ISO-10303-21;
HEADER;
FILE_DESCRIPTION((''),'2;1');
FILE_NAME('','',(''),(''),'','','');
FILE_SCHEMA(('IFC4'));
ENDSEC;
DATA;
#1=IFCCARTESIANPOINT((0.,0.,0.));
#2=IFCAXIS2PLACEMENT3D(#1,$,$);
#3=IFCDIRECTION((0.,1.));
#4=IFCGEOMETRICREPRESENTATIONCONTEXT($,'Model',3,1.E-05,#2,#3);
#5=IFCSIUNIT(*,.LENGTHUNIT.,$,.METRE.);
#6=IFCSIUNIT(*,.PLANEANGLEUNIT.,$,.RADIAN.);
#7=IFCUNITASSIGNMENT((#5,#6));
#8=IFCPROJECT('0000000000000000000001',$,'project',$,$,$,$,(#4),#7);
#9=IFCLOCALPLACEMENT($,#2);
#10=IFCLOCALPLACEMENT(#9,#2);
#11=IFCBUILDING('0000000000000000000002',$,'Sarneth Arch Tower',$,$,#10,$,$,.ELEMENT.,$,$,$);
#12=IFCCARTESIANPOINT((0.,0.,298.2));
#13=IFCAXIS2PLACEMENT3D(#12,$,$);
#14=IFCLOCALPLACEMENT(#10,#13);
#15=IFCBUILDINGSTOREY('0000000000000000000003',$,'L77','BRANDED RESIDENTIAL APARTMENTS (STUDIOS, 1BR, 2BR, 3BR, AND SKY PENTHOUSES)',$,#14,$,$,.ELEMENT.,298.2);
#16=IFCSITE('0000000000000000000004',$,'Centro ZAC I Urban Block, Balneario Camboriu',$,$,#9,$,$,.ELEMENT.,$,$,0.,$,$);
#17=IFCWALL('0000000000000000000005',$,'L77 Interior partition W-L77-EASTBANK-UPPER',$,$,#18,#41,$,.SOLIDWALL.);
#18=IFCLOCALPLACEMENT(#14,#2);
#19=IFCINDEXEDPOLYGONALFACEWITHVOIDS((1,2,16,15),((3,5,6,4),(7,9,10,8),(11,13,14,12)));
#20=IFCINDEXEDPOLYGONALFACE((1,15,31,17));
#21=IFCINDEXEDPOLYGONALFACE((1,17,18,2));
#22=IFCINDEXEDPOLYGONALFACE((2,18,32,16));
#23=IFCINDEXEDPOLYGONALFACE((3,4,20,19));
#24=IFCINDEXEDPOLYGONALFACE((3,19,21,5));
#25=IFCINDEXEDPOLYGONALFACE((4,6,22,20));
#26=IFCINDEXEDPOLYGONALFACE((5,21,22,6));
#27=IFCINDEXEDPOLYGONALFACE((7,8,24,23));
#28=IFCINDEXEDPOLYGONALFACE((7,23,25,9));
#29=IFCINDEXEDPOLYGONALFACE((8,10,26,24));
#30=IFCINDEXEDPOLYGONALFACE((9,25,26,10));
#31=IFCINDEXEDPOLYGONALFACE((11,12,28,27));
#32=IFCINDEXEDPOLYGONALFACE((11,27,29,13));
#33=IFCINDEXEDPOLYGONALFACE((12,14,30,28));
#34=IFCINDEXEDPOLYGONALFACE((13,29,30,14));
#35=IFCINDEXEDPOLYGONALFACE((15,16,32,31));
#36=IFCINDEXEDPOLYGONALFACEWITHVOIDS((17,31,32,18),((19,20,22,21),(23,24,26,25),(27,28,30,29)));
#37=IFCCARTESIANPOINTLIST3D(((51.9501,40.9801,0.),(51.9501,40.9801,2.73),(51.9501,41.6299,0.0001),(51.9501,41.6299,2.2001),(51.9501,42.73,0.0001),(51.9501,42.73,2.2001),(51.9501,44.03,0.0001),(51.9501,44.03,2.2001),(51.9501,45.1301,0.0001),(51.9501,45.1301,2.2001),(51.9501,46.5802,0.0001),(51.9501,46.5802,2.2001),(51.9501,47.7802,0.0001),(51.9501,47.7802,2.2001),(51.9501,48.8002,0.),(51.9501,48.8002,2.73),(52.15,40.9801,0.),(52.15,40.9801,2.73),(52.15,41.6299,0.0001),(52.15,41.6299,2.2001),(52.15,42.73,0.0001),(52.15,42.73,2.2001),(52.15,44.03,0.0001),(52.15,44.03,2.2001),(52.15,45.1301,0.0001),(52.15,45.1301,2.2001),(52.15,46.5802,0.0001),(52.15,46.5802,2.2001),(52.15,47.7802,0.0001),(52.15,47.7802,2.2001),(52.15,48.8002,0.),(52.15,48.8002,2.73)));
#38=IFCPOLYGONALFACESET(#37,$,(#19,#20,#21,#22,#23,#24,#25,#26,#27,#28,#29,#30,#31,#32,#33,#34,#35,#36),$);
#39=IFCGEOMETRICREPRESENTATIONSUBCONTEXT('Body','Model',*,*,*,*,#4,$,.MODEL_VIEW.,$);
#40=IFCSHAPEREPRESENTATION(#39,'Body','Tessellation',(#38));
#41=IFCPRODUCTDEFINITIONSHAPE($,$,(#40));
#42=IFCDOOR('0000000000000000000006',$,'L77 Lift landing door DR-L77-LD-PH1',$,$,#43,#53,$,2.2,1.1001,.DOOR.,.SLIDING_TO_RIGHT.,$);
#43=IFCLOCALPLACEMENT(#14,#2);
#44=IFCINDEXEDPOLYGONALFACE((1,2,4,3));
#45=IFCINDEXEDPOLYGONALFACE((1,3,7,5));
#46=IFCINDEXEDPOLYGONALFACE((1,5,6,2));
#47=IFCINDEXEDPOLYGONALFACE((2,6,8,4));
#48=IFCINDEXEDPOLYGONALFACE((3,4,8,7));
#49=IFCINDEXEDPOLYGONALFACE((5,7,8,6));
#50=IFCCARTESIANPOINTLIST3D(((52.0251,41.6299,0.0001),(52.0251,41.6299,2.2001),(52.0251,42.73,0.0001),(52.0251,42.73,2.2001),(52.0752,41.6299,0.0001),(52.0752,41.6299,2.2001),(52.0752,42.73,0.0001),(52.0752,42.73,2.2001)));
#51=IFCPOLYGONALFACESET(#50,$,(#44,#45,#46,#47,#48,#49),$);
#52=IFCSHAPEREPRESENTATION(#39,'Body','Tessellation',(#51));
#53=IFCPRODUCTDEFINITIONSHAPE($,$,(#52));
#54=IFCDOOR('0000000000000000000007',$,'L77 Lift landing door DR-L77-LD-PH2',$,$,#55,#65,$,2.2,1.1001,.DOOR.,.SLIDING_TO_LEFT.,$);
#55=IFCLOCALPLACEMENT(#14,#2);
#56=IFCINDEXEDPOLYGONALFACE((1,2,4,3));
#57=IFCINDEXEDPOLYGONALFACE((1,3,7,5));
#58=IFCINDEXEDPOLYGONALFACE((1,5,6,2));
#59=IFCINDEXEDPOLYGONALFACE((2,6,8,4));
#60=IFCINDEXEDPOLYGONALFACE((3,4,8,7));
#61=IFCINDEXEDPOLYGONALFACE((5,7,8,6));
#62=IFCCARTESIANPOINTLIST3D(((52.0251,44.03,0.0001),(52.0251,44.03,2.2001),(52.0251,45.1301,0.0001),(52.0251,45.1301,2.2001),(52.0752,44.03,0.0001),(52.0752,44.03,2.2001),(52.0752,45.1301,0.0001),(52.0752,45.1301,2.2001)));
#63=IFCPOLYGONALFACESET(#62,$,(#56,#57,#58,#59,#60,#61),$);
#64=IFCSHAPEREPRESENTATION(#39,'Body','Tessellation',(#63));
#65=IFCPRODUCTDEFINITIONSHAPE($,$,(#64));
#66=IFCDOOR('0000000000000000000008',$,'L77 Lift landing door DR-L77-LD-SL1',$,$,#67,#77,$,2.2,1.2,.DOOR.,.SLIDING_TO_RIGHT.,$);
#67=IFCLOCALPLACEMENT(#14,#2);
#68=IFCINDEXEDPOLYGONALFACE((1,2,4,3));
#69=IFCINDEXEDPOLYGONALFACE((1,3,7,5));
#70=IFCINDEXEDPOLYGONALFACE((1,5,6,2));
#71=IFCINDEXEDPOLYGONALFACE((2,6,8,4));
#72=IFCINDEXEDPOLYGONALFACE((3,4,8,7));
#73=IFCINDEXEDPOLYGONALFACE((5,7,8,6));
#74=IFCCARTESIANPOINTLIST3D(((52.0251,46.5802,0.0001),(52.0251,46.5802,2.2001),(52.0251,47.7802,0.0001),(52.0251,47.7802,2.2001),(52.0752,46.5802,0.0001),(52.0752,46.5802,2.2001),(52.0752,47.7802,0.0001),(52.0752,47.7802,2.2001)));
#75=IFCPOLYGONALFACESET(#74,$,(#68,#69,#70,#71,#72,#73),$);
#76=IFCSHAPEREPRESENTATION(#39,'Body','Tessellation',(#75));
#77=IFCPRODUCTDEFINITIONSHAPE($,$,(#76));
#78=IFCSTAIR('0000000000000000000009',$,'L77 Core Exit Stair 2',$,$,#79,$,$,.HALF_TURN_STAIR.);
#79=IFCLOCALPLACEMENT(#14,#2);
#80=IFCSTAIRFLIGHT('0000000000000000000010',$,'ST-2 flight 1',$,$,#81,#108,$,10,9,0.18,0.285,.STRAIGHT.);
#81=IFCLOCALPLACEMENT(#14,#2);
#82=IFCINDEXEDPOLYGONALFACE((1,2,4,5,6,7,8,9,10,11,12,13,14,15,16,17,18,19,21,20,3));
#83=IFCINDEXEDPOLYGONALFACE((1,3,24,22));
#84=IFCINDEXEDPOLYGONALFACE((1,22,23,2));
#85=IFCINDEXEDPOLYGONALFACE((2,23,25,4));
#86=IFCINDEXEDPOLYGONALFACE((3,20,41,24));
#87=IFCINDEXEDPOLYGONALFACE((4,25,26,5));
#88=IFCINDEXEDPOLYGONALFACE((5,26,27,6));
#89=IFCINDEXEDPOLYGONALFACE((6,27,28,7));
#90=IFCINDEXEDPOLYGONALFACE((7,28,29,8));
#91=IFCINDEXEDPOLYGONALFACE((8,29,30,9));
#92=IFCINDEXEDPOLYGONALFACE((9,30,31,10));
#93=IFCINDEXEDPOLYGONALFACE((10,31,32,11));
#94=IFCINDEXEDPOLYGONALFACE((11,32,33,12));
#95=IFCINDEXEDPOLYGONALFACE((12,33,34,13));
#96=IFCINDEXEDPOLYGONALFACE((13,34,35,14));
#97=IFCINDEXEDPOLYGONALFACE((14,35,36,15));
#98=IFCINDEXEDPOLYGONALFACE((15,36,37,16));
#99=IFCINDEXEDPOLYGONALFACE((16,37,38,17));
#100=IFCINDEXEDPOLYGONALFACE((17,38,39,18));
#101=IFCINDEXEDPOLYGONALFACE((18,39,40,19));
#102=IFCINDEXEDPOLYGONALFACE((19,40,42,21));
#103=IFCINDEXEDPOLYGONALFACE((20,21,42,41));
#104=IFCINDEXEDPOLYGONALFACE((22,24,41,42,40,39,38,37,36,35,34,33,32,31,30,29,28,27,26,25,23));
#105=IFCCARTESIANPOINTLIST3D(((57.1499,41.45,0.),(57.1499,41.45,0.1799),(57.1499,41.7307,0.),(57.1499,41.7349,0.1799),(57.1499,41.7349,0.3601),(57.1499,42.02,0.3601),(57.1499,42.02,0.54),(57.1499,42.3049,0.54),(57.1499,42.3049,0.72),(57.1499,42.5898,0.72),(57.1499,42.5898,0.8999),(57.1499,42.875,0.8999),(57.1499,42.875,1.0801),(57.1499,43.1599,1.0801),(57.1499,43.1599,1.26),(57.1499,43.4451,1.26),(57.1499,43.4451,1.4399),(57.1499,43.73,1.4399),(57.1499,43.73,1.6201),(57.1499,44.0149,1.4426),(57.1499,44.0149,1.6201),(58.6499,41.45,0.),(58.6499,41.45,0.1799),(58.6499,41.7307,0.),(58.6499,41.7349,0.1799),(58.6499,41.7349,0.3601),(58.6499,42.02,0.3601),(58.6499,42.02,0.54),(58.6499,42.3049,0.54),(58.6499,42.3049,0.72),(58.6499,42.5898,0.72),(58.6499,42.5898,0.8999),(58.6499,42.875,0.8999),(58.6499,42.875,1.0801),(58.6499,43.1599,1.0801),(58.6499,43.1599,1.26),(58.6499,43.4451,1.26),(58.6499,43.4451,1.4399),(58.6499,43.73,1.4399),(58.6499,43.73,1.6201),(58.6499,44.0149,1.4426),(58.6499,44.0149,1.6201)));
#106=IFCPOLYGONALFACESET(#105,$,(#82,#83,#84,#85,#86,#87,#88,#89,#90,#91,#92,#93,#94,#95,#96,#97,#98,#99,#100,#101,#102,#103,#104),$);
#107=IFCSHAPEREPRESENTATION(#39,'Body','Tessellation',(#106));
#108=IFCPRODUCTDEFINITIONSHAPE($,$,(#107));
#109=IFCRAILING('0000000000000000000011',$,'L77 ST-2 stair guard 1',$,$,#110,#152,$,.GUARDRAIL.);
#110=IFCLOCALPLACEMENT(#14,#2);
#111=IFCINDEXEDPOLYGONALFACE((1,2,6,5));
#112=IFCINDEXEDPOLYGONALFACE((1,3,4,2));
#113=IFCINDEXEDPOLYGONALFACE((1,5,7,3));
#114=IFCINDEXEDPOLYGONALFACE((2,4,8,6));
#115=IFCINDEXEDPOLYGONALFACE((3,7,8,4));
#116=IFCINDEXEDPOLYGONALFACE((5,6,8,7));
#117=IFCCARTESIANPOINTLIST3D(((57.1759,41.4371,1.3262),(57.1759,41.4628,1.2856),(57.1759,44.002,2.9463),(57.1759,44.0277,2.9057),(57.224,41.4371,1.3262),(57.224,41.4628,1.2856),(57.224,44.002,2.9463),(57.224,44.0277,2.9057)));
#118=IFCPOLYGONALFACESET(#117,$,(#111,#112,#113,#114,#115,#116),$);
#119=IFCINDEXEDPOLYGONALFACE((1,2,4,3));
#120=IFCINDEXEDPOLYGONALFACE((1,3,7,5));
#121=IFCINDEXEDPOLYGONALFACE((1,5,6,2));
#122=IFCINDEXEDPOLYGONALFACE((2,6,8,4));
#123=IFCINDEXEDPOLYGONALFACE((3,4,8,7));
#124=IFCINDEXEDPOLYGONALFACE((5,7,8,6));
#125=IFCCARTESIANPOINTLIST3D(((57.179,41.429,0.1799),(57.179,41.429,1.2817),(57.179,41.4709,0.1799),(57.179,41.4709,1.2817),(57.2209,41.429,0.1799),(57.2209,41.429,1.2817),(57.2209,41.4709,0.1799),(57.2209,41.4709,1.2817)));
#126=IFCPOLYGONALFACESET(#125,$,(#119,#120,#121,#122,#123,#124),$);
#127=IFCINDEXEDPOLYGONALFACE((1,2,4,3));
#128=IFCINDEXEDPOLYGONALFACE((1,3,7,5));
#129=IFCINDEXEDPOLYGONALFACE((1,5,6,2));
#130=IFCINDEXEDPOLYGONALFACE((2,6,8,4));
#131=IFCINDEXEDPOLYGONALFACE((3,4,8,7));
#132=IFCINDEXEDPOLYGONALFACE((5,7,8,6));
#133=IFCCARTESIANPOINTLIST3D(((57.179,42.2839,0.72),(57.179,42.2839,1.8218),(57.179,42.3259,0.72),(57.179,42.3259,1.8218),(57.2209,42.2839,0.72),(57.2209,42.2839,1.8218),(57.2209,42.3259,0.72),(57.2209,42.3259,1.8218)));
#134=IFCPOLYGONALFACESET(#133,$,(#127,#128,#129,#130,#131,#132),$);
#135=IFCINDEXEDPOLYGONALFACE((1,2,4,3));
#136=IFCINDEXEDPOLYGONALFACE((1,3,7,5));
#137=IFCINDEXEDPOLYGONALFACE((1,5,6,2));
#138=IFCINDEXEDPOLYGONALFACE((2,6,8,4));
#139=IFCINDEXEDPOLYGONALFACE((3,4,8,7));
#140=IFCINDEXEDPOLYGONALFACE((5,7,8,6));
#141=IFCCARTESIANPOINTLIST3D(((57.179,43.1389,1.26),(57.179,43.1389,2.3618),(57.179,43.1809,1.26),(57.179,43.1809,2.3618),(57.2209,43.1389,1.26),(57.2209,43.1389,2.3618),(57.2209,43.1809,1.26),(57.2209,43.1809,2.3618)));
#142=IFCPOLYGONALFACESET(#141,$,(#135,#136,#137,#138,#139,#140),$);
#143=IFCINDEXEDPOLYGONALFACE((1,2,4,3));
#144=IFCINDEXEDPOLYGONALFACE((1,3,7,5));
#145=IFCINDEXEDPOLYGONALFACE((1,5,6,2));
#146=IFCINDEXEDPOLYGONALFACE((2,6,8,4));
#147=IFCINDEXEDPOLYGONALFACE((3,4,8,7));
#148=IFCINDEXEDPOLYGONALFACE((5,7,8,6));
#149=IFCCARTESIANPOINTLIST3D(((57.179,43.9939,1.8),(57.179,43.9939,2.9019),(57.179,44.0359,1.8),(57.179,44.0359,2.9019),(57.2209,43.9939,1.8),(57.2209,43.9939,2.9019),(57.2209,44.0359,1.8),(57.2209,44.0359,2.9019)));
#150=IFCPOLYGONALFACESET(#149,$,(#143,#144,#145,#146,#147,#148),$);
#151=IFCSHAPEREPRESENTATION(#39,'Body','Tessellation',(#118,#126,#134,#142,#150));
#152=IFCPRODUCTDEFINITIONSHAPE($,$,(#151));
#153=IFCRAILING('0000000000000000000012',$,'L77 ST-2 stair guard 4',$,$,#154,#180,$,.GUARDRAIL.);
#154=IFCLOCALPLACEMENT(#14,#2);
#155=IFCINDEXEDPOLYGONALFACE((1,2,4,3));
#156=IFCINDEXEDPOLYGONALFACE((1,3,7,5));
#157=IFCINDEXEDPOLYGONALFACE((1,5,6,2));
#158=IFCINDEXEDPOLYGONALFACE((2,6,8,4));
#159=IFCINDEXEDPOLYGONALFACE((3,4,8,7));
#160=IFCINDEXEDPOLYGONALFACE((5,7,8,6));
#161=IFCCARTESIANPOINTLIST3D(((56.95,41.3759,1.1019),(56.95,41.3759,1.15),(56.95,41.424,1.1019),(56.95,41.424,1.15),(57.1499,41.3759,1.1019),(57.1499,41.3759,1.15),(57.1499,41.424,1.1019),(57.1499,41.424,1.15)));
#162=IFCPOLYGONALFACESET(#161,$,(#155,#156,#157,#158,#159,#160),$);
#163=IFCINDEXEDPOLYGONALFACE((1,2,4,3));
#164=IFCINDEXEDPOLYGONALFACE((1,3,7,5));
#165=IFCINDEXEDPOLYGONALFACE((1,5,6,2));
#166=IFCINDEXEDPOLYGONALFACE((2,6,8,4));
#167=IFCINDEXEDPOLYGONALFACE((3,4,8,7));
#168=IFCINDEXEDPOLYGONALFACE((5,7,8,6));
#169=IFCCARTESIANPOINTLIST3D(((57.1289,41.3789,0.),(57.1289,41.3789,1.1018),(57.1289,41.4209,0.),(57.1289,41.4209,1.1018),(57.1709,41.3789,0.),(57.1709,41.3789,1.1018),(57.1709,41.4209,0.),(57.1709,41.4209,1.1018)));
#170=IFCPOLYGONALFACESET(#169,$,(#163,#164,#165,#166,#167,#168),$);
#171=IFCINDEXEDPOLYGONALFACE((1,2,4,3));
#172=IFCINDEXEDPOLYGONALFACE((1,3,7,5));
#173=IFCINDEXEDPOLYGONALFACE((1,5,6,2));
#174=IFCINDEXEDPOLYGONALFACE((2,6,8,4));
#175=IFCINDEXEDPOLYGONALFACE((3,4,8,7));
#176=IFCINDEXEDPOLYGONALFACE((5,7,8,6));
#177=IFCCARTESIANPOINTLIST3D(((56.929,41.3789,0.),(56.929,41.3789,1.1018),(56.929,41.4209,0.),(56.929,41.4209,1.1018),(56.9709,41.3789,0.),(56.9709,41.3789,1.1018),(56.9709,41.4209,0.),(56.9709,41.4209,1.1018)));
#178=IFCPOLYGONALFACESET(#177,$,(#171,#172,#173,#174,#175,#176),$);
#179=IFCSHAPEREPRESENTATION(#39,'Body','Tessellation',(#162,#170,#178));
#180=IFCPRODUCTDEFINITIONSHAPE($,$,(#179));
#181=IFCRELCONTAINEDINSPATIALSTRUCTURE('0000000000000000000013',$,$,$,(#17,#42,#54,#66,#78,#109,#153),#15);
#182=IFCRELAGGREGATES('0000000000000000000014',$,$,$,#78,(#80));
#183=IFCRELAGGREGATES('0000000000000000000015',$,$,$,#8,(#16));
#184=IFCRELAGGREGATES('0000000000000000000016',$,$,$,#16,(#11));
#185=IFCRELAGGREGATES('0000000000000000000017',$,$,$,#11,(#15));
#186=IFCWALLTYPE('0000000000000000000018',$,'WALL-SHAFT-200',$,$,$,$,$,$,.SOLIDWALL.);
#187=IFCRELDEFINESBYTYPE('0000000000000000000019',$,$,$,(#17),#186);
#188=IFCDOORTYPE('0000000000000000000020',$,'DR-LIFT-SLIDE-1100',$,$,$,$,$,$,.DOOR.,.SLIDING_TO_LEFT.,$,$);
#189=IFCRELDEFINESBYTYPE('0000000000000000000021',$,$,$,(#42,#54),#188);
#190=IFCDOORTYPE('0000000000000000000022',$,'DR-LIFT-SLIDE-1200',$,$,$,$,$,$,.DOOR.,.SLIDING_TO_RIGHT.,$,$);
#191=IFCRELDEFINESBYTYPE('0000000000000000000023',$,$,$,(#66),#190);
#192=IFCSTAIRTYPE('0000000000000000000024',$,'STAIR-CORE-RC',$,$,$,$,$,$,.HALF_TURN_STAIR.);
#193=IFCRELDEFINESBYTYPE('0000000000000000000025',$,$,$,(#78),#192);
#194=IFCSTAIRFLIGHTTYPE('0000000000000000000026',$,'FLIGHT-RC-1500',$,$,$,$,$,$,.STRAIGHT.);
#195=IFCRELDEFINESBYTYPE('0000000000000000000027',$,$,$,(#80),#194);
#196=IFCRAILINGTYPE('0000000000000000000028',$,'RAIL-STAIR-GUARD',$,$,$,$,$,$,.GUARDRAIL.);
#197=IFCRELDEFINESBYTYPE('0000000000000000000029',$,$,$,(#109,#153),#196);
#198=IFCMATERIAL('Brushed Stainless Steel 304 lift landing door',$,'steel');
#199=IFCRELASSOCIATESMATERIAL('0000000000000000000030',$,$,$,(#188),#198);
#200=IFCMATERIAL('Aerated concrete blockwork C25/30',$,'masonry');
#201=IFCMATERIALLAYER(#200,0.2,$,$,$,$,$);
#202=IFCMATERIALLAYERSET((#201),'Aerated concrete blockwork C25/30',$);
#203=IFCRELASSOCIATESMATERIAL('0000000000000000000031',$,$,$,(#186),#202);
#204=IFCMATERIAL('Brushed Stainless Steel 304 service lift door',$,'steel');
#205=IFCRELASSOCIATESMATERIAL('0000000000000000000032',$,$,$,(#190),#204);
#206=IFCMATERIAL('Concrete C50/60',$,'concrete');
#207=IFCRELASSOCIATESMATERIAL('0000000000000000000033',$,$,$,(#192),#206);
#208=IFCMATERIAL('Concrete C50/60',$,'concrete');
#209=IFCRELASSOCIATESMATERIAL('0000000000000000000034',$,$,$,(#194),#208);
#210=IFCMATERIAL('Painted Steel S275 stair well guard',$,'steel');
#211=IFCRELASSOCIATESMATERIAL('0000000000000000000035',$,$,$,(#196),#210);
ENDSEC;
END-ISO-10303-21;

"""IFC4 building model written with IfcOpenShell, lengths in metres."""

from ifc_helpers import new_model, si_unit, direction, frame, frame_2d, origin, origin_2d, place, context, subcontext, project, spatial, polyline, rectangle, outline, extrude, material, layer, layer_set, type_object, element, fill, aggregate, save


model = new_model("IFC4")

# Units and contexts
model_context = context("Model", 3, precision=1e-05, world=origin(), true_north=direction((0.0, 1.0)))
body_context = subcontext(model_context, "Body", "Model", "MODEL_VIEW")
ifc_project = project(units=[si_unit("LENGTHUNIT", "METRE"), si_unit("PLANEANGLEUNIT", "RADIAN")], contexts=[model_context])

# Site, building, storey
site_placement = place(None, origin())
site = spatial("IfcSite", under=ifc_project, at=site_placement, Name="Centro ZAC I Urban Block, Balneario Camboriu", CompositionType="ELEMENT", RefElevation=0.0)
building_placement = place(site_placement, origin())
building = spatial("IfcBuilding", under=site, at=building_placement, Name="Sarneth Arch Tower", CompositionType="ELEMENT")
storey_placement = place(building_placement, frame((0.0, 0.0, 298.2)))
storey = spatial("IfcBuildingStorey", under=building, at=storey_placement, Name="L77", Description="BRANDED RESIDENTIAL APARTMENTS (STUDIOS, 1BR, 2BR, 3BR, AND SKY PENTHOUSES)", CompositionType="ELEMENT", Elevation=298.2)

# Shared definitions
ifc_material_1 = material(Name="Brushed Stainless Steel 304 lift landing door", Category="steel")
door_type_1 = type_object("IfcDoorType", Name="DR-LIFT-SLIDE-1100", OperationType="SLIDING_TO_LEFT", PredefinedType="DOOR", material=ifc_material_1)

# Shared definitions
ifc_material_2 = material(Name="Aerated concrete blockwork C25/30", Category="masonry")
ifc_layer_1 = layer(ifc_material_2, 0.2)
ifc_layer_set_1 = layer_set([ifc_layer_1], Name="Aerated concrete blockwork C25/30")
wall_type_1 = type_object("IfcWallType", Name="WALL-SHAFT-200", PredefinedType="SOLIDWALL", material=ifc_layer_set_1)

# Wall, openings, doors
wall_1_placement = place(storey_placement, frame((52.05, 40.98, 0.0), z_axis=(0.0, 0.0, 1.0), x_axis=(0.0, 1.0, 0.0)))
wall_1 = element("IfcWall", 1, at=wall_1_placement, inside=storey, type_object=wall_type_1, Name="L77 Interior partition W-L77-EASTBANK-UPPER", PredefinedType="SOLIDWALL", context=body_context, shape_type="SweptSolid", body=[
    extrude(rectangle(XDim=7.8201, YDim=0.2, at=frame_2d((3.9102, 0.0))), origin(), (0.0, 0.0, 1.0), 2.73),
])
opening_1_placement = place(wall_1_placement, frame((0.6499, 0.0, 0.0)))
opening_1 = element("IfcOpeningElement", 2, at=opening_1_placement, cuts=wall_1, PredefinedType="OPENING", context=body_context, shape_type="SweptSolid", body=[
    extrude(rectangle(XDim=1.1001, YDim=2.2, at=frame_2d((0.55, 1.1001))), frame((0.0, 0.1099, 0.0), z_axis=(0.0, -1.0, 0.0), x_axis=(1.0, 0.0, 0.0)), (0.0, 0.0, 1.0), 0.22),
])
opening_2_placement = place(wall_1_placement, frame((3.05, 0.0, 0.0)))
opening_2 = element("IfcOpeningElement", 3, at=opening_2_placement, cuts=wall_1, PredefinedType="OPENING", context=body_context, shape_type="SweptSolid", body=[
    extrude(rectangle(XDim=1.1001, YDim=2.2, at=frame_2d((0.55, 1.1001))), frame((0.0, 0.1099, 0.0), z_axis=(0.0, -1.0, 0.0), x_axis=(1.0, 0.0, 0.0)), (0.0, 0.0, 1.0), 0.22),
])
opening_3_placement = place(wall_1_placement, frame((5.6001, 0.0, 0.0)))
opening_3 = element("IfcOpeningElement", 4, at=opening_3_placement, cuts=wall_1, PredefinedType="OPENING", context=body_context, shape_type="SweptSolid", body=[
    extrude(rectangle(XDim=1.2, YDim=2.2, at=frame_2d((0.6001, 1.1001))), frame((0.0, 0.1099, 0.0), z_axis=(0.0, -1.0, 0.0), x_axis=(1.0, 0.0, 0.0)), (0.0, 0.0, 1.0), 0.22),
])
door_1_placement = place(opening_1_placement, origin())
door_1 = element("IfcDoor", 5, at=door_1_placement, inside=storey, type_object=door_type_1, Name="L77 Lift landing door DR-L77-LD-PH1", OperationType="SLIDING_TO_RIGHT", OverallHeight=2.2, OverallWidth=1.1001, PredefinedType="DOOR", context=body_context, shape_type="SweptSolid", body=[
    extrude(rectangle(XDim=1.1001, YDim=2.2, at=frame_2d((0.55, 1.1001))), frame((0.0, 0.0249, 0.0), z_axis=(0.0, -1.0, 0.0), x_axis=(1.0, 0.0, 0.0)), (0.0, 0.0, 1.0), 0.05),
])
fill(opening_1, door_1)
door_2_placement = place(opening_2_placement, origin())
door_2 = element("IfcDoor", 6, at=door_2_placement, inside=storey, type_object=door_type_1, Name="L77 Lift landing door DR-L77-LD-PH2", OperationType="SLIDING_TO_LEFT", OverallHeight=2.2, OverallWidth=1.1001, PredefinedType="DOOR", context=body_context, shape_type="SweptSolid", body=[
    extrude(rectangle(XDim=1.1001, YDim=2.2, at=frame_2d((0.55, 1.1001))), frame((0.0, 0.0249, 0.0), z_axis=(0.0, -1.0, 0.0), x_axis=(1.0, 0.0, 0.0)), (0.0, 0.0, 1.0), 0.05),
])
fill(opening_2, door_2)
ifc_material_3 = material(Name="Brushed Stainless Steel 304 service lift door", Category="steel")
door_type_2 = type_object("IfcDoorType", Name="DR-LIFT-SLIDE-1200", OperationType="SLIDING_TO_RIGHT", PredefinedType="DOOR", material=ifc_material_3)
door_3_placement = place(opening_3_placement, origin())
door_3 = element("IfcDoor", 7, at=door_3_placement, inside=storey, type_object=door_type_2, Name="L77 Lift landing door DR-L77-LD-SL1", OperationType="SLIDING_TO_RIGHT", OverallHeight=2.2, OverallWidth=1.2, PredefinedType="DOOR", context=body_context, shape_type="SweptSolid", body=[
    extrude(rectangle(XDim=1.2, YDim=2.2, at=frame_2d((0.6001, 1.1001))), frame((0.0, 0.0249, 0.0), z_axis=(0.0, -1.0, 0.0), x_axis=(1.0, 0.0, 0.0)), (0.0, 0.0, 1.0), 0.05),
])
fill(opening_3, door_3)

# Stair, stair flight
ifc_material_4 = material(Name="Concrete C50/60", Category="concrete")
stair_type = type_object("IfcStairType", Name="STAIR-CORE-RC", PredefinedType="HALF_TURN_STAIR", material=ifc_material_4)
stair_placement = place(storey_placement, origin())
stair = element("IfcStair", 8, at=stair_placement, inside=storey, type_object=stair_type, Name="L77 Core Exit Stair 2", PredefinedType="HALF_TURN_STAIR")
ifc_material_5 = material(Name="Concrete C50/60", Category="concrete")
stair_flight_type = type_object("IfcStairFlightType", Name="FLIGHT-RC-1500", PredefinedType="STRAIGHT", material=ifc_material_5)
stair_flight_placement = place(storey_placement, frame((57.8999, 41.45, 0.0), z_axis=(0.0, 0.0, 1.0), x_axis=(0.0, 1.0, 0.0)))
stair_flight = element("IfcStairFlight", 9, at=stair_flight_placement, type_object=stair_flight_type, Name="ST-2 flight 1", NumberOfRisers=10, NumberOfTreads=9, PredefinedType="STRAIGHT", RiserHeight=0.18, TreadLength=0.285, context=body_context, shape_type="SweptSolid", body=[
    extrude(outline(polyline([(0.0, 0.0), (0.0, 0.1799), (0.2849, 0.1799), (0.2849, 0.3601), (0.5701, 0.3601), (0.5701, 0.54), (0.855, 0.54), (0.855, 0.72), (1.1399, 0.72), (1.1399, 0.8999), (1.425, 0.8999), (1.425, 1.0801), (1.71, 1.0801), (1.71, 1.26), (1.9951, 1.26), (1.9951, 1.4399), (2.28, 1.4399), (2.28, 1.6201), (2.5649, 1.6201), (2.5649, 1.8), (2.5649, 1.4426), (0.2808, 0.0), (0.0, 0.0)])), frame((0.0, 0.75, 0.0), z_axis=(0.0, -1.0, 0.0), x_axis=(1.0, 0.0, 0.0)), (0.0, 0.0, 1.0), 1.5),
])
aggregate(stair, [stair_flight])

# Railings
ifc_material_6 = material(Name="Painted Steel S275 stair well guard", Category="steel")
railing_type = type_object("IfcRailingType", Name="RAIL-STAIR-GUARD", PredefinedType="GUARDRAIL", material=ifc_material_6)
railing_1_placement = place(storey_placement, frame((57.2, 41.45, 0.1799)))
element("IfcRailing", 10, at=railing_1_placement, inside=storey, type_object=railing_type, Name="L77 ST-2 stair guard 1", PredefinedType="GUARDRAIL", context=body_context, shape_type="SweptSolid", body=[
    extrude(rectangle(XDim=0.0481, YDim=0.0481, at=origin_2d()), frame((0.0, 0.0, 1.126), z_axis=(0.0, 0.845466, 0.534029), x_axis=(-1.0, 0.0, 0.0)), (0.0, 0.0, 1.0), 3.0337),
    extrude(rectangle(XDim=0.042, YDim=0.042, at=origin_2d()), origin(), (0.0, 0.0, 1.0), 1.1018),
    extrude(rectangle(XDim=0.042, YDim=0.042, at=origin_2d()), frame((0.0, 0.855, 0.54)), (0.0, 0.0, 1.0), 1.1018),
    extrude(rectangle(XDim=0.042, YDim=0.042, at=origin_2d()), frame((0.0, 1.71, 1.0801)), (0.0, 0.0, 1.0), 1.1018),
    extrude(rectangle(XDim=0.042, YDim=0.042, at=origin_2d()), frame((0.0, 2.5649, 1.6201)), (0.0, 0.0, 1.0), 1.1018),
])
railing_2_placement = place(storey_placement, frame((57.1499, 41.3999, 0.0)))
element("IfcRailing", 11, at=railing_2_placement, inside=storey, type_object=railing_type, Name="L77 ST-2 stair guard 4", PredefinedType="GUARDRAIL", context=body_context, shape_type="SweptSolid", body=[
    extrude(rectangle(XDim=0.0481, YDim=0.0481, at=origin_2d()), frame((0.0, 0.0, 1.126), z_axis=(-1.0, 0.0, 0.0), x_axis=(0.0, -1.0, 0.0)), (0.0, 0.0, 1.0), 0.2),
    extrude(rectangle(XDim=0.042, YDim=0.042, at=origin_2d()), origin(), (0.0, 0.0, 1.0), 1.1018),
    extrude(rectangle(XDim=0.042, YDim=0.042, at=origin_2d()), frame((-0.2, 0.0, 0.0)), (0.0, 0.0, 1.0), 1.1018),
])

save(model, "model.ifc")
